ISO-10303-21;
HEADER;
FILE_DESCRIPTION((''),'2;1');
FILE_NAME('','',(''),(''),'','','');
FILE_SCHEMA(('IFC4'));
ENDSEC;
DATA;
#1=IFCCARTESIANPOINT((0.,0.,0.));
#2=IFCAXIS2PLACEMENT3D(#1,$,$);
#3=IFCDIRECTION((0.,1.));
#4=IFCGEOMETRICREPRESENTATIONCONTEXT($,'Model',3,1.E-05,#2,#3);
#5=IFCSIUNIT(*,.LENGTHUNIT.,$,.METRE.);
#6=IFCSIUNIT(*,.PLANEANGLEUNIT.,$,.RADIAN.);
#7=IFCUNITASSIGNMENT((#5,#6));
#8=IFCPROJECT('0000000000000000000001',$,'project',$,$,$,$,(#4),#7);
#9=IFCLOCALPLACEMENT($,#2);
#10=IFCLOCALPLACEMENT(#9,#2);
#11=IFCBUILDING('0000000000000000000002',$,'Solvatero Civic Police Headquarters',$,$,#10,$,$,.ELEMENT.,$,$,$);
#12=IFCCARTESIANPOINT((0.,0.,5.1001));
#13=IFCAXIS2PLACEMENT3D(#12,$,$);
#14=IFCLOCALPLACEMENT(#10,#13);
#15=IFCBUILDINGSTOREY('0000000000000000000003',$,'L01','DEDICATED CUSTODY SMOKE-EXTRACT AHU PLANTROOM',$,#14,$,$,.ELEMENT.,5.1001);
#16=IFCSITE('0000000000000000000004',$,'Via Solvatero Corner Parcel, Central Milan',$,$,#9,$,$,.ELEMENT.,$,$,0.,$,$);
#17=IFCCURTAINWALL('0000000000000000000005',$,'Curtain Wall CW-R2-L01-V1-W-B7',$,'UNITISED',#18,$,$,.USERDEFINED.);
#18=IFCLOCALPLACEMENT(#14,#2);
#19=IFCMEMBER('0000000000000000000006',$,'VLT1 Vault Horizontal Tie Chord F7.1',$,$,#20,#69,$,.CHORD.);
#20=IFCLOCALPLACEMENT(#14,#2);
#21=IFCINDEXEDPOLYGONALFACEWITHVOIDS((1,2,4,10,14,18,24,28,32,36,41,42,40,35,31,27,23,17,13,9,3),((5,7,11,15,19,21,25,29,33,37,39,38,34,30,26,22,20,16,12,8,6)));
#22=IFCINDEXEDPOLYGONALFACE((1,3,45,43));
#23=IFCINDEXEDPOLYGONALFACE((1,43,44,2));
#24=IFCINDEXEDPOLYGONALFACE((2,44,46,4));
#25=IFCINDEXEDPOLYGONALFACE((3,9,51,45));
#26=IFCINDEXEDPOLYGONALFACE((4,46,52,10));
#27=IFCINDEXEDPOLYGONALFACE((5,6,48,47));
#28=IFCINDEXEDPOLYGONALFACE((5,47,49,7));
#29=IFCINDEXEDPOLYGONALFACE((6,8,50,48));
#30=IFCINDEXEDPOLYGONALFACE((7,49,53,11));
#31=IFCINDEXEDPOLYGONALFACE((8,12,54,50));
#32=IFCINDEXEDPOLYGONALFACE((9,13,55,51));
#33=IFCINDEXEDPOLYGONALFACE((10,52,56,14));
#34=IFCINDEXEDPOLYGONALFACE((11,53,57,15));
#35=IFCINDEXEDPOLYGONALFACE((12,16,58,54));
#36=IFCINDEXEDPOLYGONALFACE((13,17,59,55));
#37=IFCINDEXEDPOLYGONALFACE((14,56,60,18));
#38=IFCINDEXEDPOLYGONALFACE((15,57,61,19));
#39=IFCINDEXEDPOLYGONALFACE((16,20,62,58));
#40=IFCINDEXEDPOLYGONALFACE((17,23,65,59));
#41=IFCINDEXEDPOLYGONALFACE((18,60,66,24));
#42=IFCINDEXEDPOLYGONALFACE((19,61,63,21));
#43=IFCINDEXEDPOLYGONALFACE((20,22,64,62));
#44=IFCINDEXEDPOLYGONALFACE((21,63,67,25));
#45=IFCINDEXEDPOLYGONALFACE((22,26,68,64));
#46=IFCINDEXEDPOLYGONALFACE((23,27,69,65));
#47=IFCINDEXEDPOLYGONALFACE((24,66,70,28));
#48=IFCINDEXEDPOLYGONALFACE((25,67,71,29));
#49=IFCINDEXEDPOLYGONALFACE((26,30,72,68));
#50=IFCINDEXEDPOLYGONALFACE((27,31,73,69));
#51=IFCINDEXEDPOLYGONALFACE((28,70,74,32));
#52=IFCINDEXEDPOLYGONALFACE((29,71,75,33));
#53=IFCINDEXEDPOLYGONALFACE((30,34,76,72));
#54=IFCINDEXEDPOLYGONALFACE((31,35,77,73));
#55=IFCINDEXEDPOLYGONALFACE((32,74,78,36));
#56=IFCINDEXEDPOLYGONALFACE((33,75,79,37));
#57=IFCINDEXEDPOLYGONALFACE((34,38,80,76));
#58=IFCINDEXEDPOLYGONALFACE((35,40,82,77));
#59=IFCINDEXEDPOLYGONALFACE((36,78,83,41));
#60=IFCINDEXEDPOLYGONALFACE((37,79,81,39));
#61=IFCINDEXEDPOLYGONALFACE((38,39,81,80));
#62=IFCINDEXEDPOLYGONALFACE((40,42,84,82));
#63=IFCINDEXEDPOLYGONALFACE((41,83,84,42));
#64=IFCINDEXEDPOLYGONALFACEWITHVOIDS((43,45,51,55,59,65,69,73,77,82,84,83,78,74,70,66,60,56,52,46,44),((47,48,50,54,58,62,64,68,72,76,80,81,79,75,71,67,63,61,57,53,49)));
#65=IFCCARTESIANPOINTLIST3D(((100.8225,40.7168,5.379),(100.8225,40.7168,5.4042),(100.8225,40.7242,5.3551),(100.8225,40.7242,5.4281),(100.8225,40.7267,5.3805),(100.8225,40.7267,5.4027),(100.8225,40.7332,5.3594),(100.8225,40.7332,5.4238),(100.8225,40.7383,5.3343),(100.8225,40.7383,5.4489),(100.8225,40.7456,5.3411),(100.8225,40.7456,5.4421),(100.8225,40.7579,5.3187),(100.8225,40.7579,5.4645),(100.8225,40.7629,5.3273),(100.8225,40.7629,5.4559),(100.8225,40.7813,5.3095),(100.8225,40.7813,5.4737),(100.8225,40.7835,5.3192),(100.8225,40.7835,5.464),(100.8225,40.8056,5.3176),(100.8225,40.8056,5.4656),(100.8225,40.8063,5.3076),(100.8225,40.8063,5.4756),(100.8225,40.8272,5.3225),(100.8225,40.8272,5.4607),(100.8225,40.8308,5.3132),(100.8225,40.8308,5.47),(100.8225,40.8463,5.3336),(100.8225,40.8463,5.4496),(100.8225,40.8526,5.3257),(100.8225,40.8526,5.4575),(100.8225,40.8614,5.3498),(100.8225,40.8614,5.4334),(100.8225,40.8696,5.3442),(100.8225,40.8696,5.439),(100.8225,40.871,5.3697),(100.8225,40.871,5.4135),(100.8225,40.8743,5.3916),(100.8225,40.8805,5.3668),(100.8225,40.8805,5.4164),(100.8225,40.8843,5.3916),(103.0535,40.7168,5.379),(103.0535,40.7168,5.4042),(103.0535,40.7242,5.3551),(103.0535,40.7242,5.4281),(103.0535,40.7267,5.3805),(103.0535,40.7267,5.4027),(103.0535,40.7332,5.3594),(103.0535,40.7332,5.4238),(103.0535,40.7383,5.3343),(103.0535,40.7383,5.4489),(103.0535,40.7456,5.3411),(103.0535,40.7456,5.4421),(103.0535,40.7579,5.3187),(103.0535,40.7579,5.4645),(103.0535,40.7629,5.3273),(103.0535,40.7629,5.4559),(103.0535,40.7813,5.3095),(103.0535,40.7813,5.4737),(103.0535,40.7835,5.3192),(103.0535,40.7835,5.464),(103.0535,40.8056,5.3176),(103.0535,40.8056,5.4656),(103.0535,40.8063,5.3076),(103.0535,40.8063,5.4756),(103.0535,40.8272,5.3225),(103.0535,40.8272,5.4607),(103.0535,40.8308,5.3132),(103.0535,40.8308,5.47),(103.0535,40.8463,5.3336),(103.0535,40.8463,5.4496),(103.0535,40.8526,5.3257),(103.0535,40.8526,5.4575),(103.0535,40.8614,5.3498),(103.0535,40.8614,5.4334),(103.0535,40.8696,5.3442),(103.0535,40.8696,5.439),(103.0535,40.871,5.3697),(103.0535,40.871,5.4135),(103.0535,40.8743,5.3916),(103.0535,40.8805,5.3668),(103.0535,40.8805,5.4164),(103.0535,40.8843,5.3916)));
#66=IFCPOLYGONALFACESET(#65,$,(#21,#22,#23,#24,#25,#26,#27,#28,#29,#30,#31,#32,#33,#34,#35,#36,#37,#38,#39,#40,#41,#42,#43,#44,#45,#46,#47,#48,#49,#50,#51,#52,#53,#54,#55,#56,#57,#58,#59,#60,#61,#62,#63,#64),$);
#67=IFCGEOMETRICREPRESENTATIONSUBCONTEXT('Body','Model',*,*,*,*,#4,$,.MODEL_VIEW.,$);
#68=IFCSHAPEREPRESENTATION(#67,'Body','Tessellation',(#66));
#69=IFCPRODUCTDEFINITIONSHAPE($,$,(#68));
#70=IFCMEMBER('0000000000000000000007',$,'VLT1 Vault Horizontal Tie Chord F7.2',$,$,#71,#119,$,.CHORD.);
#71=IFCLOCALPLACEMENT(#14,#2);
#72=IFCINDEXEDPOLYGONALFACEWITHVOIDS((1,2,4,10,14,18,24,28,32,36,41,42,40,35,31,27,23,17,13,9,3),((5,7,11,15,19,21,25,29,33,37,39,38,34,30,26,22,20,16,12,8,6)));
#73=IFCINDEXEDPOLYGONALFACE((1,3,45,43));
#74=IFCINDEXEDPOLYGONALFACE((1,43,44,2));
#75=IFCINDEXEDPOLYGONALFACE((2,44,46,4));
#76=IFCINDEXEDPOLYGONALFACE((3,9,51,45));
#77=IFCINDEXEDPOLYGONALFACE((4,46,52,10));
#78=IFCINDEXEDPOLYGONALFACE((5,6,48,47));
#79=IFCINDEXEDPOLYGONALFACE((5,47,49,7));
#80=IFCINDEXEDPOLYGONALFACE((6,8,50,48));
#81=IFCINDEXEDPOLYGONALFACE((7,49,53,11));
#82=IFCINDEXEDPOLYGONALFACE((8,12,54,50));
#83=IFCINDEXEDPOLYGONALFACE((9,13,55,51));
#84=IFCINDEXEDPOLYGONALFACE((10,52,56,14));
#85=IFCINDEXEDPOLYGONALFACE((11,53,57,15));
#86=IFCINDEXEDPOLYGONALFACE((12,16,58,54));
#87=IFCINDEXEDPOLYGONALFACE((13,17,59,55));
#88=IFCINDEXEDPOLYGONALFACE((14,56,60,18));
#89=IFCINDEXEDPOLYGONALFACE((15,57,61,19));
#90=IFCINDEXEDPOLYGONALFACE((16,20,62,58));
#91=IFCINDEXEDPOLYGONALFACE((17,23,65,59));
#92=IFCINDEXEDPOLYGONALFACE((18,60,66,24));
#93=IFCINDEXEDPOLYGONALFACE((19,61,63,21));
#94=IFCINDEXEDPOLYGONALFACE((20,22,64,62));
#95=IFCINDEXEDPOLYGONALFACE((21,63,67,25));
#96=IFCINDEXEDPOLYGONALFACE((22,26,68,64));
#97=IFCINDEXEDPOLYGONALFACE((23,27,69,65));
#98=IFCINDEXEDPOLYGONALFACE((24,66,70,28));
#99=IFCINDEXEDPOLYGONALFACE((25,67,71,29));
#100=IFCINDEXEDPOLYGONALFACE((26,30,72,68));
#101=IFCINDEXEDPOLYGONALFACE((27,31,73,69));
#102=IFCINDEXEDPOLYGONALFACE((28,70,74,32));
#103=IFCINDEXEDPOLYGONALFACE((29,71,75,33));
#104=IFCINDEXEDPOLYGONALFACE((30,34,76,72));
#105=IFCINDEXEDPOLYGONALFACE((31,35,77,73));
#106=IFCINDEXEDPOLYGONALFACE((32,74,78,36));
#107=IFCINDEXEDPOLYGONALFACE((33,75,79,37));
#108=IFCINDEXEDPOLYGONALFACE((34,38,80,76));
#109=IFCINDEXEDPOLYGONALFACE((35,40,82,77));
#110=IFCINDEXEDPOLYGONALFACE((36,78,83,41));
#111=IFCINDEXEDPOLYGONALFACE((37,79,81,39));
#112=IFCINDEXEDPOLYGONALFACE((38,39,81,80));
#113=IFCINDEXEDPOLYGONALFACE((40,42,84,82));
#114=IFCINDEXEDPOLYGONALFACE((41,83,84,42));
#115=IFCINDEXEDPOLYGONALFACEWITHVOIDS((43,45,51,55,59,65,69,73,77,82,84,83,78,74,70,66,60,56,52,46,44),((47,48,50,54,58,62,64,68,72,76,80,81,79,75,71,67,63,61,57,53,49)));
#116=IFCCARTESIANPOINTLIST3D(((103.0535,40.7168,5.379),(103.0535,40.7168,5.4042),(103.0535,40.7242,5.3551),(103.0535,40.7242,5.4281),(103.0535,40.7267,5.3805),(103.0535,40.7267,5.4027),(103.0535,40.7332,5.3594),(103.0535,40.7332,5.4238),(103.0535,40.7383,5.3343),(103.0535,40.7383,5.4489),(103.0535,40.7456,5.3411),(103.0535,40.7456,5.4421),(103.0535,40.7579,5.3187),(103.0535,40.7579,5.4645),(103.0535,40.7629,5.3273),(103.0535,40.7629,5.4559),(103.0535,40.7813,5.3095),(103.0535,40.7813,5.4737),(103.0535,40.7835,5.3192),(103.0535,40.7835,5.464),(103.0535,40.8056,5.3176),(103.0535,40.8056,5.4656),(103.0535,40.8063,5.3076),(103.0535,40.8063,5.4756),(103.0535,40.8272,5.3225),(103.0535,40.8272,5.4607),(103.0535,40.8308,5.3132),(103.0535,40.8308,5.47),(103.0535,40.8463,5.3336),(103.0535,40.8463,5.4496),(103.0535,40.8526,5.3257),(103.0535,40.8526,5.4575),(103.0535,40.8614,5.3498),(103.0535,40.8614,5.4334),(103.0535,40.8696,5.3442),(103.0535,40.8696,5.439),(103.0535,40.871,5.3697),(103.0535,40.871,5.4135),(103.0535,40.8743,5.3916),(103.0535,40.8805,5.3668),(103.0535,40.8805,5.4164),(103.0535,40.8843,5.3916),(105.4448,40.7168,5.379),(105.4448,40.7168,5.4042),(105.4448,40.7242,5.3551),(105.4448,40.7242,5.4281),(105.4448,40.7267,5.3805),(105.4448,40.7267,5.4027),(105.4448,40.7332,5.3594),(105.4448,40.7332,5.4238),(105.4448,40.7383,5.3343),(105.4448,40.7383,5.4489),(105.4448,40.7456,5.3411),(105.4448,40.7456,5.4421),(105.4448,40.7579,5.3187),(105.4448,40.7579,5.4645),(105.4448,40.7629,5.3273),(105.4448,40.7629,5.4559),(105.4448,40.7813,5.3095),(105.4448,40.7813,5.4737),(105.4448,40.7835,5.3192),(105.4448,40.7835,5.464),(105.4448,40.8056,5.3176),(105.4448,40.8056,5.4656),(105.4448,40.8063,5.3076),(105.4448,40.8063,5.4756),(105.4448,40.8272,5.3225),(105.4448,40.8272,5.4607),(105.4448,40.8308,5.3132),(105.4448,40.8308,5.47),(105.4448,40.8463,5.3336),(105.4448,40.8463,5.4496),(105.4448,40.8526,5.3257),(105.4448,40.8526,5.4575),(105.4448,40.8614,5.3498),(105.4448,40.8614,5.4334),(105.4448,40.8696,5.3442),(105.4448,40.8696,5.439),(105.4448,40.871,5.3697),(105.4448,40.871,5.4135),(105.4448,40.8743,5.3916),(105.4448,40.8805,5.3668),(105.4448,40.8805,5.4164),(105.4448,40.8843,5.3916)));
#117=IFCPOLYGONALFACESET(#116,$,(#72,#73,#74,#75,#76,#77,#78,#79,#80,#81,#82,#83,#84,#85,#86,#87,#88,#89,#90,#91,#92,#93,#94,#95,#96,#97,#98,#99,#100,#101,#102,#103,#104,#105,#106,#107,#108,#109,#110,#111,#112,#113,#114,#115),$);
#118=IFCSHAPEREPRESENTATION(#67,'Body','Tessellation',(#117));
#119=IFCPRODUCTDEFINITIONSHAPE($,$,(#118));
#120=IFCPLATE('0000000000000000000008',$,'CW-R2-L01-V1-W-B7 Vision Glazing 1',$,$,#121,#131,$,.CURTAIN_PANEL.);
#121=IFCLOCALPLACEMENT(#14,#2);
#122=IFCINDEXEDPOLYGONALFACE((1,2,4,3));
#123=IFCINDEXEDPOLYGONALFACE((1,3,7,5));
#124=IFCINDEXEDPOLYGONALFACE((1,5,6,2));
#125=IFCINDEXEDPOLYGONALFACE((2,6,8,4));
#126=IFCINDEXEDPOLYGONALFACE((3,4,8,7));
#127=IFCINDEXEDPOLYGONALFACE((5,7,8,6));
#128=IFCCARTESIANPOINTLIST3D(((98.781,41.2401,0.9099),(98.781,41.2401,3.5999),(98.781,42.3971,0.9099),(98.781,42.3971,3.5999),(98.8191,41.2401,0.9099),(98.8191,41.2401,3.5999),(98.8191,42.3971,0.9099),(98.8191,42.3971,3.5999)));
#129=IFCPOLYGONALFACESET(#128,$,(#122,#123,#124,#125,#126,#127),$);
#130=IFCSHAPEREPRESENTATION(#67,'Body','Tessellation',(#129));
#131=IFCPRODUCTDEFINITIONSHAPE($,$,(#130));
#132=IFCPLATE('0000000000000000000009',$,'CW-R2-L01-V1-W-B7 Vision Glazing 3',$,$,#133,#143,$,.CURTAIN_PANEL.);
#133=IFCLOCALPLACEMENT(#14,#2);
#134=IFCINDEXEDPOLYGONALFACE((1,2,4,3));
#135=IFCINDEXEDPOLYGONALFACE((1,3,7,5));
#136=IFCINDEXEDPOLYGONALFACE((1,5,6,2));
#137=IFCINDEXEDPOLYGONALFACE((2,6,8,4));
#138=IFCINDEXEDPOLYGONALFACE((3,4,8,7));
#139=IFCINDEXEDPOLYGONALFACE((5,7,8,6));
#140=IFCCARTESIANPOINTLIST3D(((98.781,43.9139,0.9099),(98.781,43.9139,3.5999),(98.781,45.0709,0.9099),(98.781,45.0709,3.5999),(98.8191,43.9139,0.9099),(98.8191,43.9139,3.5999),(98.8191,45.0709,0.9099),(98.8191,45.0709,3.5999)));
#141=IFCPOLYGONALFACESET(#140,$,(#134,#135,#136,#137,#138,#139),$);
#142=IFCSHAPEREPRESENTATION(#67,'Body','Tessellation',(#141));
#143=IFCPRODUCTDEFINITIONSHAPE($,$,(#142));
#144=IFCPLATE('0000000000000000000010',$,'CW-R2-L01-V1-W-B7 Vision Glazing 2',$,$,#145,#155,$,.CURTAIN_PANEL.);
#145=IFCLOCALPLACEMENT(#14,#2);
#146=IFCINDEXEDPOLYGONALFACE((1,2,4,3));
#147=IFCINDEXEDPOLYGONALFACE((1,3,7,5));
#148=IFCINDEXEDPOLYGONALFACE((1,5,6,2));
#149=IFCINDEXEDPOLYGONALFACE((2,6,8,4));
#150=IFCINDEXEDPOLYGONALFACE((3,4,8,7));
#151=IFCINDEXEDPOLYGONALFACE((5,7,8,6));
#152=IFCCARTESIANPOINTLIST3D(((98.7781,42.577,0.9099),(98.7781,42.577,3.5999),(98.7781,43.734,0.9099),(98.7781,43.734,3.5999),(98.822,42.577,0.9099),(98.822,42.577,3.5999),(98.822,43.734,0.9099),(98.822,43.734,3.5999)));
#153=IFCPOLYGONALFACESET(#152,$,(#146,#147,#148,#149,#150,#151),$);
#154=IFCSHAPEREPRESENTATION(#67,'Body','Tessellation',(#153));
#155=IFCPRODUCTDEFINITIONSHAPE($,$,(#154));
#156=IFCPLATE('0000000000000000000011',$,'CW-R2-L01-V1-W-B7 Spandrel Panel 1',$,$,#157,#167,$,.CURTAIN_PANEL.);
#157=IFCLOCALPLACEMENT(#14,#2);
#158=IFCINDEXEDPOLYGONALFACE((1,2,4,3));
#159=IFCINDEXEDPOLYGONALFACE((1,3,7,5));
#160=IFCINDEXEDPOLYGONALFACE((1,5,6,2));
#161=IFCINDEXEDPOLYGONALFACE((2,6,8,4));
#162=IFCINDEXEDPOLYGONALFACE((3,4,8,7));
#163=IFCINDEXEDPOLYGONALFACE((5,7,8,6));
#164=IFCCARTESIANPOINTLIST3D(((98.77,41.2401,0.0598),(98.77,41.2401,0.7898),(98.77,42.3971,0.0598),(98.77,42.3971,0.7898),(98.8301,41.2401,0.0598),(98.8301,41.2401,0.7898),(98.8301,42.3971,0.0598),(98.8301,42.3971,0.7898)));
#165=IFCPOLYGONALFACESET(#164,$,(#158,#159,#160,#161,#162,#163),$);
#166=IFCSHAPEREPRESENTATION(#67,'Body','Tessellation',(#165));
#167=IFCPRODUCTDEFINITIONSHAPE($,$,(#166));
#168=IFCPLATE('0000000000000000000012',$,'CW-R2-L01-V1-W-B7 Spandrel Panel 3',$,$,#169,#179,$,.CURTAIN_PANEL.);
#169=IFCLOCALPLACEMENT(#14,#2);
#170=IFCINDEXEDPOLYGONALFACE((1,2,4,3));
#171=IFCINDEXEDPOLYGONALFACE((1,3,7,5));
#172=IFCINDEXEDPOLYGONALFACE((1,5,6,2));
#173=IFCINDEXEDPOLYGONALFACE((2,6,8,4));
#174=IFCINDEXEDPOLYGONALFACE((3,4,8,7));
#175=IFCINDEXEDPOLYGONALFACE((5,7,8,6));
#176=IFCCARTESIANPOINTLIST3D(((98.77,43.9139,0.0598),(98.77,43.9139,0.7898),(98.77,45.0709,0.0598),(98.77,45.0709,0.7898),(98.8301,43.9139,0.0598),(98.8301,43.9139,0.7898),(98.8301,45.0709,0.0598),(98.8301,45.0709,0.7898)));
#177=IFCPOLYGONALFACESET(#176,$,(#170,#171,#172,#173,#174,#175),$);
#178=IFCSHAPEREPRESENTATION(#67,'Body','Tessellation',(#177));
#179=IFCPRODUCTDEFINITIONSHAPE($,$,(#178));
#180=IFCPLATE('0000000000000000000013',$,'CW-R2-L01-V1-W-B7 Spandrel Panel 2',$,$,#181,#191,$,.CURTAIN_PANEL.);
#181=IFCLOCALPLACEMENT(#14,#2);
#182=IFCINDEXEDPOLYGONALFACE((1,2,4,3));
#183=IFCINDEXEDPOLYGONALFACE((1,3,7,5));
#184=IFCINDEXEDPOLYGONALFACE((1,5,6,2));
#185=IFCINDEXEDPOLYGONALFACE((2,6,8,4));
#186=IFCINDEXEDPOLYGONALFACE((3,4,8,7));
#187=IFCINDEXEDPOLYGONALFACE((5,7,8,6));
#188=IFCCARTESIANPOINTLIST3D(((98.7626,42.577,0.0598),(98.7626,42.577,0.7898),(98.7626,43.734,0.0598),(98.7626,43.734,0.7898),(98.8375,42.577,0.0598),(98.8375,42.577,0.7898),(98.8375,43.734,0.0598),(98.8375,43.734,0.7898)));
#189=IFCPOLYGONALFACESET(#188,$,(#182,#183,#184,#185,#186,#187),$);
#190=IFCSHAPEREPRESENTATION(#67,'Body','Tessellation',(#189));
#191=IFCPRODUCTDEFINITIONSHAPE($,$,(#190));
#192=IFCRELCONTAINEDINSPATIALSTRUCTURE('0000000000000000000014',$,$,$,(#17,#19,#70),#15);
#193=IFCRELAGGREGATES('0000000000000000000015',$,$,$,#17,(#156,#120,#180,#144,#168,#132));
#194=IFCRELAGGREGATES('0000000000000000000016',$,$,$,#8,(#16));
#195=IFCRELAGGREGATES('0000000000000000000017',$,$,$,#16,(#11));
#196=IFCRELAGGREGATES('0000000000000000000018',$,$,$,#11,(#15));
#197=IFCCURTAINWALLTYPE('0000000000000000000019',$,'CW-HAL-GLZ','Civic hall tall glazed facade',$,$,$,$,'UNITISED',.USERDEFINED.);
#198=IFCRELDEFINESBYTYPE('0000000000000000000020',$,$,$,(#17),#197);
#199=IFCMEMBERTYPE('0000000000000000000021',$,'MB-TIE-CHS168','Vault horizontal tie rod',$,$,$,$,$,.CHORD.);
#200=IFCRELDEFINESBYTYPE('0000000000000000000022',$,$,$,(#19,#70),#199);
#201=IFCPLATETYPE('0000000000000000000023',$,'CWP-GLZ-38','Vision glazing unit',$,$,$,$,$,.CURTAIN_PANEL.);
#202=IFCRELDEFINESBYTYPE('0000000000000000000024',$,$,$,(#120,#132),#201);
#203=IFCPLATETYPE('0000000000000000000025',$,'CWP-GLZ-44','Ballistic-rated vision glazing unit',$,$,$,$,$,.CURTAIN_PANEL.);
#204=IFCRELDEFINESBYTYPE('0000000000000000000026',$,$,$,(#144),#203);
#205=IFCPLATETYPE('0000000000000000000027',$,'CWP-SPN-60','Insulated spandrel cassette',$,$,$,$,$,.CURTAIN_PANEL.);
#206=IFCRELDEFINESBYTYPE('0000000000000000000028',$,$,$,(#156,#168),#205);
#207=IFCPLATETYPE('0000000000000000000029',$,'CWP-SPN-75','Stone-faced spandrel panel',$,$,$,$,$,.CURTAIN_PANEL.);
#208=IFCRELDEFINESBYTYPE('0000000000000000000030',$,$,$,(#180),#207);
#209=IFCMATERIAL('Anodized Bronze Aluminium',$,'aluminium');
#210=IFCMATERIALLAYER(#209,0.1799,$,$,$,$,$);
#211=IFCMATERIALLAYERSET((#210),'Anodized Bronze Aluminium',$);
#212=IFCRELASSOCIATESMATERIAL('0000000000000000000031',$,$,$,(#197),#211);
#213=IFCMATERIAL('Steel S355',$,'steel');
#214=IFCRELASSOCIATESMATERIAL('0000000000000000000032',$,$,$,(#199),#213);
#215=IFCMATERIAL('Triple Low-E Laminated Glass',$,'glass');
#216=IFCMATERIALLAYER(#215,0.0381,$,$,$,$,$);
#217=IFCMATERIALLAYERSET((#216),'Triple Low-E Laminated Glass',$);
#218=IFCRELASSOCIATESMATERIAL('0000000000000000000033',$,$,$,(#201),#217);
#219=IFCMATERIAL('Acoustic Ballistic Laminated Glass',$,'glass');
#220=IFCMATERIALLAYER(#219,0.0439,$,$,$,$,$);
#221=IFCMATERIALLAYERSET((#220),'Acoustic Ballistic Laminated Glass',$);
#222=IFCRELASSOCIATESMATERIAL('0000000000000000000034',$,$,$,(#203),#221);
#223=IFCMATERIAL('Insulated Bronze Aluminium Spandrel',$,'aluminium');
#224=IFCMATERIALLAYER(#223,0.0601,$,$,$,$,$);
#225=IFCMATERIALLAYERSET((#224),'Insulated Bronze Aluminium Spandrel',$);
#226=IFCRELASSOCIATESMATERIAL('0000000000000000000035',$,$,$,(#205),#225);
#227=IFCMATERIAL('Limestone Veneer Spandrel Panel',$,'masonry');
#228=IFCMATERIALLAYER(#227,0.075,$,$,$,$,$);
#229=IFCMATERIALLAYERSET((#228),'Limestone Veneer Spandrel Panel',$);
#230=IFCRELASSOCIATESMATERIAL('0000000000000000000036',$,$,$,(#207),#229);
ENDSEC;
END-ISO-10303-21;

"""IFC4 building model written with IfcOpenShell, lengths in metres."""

from ifc_helpers import new_model, si_unit, direction, frame, origin, origin_2d, place, context, subcontext, project, spatial, rectangle, hollow_circle, extrude, material, layer, layer_set, material_profile, profile_set, type_object, element, aggregate, save


model = new_model("IFC4")

# Units and contexts
model_context = context("Model", 3, precision=1e-05, world=origin(), true_north=direction((0.0, 1.0)))
body_context = subcontext(model_context, "Body", "Model", "MODEL_VIEW")
ifc_project = project(units=[si_unit("LENGTHUNIT", "METRE"), si_unit("PLANEANGLEUNIT", "RADIAN")], contexts=[model_context])

# Site, building, storey
site_placement = place(None, origin())
site = spatial("IfcSite", under=ifc_project, at=site_placement, Name="Via Solvatero Corner Parcel, Central Milan", CompositionType="ELEMENT", RefElevation=0.0)
building_placement = place(site_placement, origin())
building = spatial("IfcBuilding", under=site, at=building_placement, Name="Solvatero Civic Police Headquarters", CompositionType="ELEMENT")
storey_placement = place(building_placement, frame((0.0, 0.0, 5.1001)))
storey = spatial("IfcBuildingStorey", under=building, at=storey_placement, Name="L01", Description="DEDICATED CUSTODY SMOKE-EXTRACT AHU PLANTROOM", CompositionType="ELEMENT", Elevation=5.1001)

# Shared definitions
ifc_material_1 = material(Name="Steel S355", Category="steel")

# Curtain wall
ifc_material_2 = material(Name="Anodized Bronze Aluminium", Category="aluminium")
ifc_layer_1 = layer(ifc_material_2, 0.1799)
ifc_layer_set_1 = layer_set([ifc_layer_1], Name="Anodized Bronze Aluminium")
curtain_wall_type = type_object("IfcCurtainWallType", Name="CW-HAL-GLZ", Description="Civic hall tall glazed facade", ElementType="UNITISED", PredefinedType="USERDEFINED", material=ifc_layer_set_1)
curtain_wall_placement = place(storey_placement, origin())
curtain_wall = element("IfcCurtainWall", 1, at=curtain_wall_placement, inside=storey, type_object=curtain_wall_type, Name="Curtain Wall CW-R2-L01-V1-W-B7", ObjectType="UNITISED", PredefinedType="USERDEFINED")

# Members
ifc_material_profile_1 = material_profile(ifc_material_1, hollow_circle(Radius=0.0842, WallThickness=0.01, at=origin_2d()), Name="CHS 168.3x10.0")
ifc_profile_set_1 = profile_set([ifc_material_profile_1], Name="Steel S355")
member_type_1 = type_object("IfcMemberType", Name="MB-TIE-CHS168", Description="Vault horizontal tie rod", PredefinedType="CHORD", material=ifc_profile_set_1)
member_1_placement = place(storey_placement, frame((100.8225, 40.8, 5.3916), z_axis=(1.0, 0.0, 0.0), x_axis=(0.0, 1.0, 0.0)))
element("IfcMember", 2, at=member_1_placement, inside=storey, type_object=member_type_1, Name="VLT1 Vault Horizontal Tie Chord F7.1", PredefinedType="CHORD", context=body_context, shape_type="SweptSolid", body=[
    extrude(hollow_circle(Radius=0.0842, WallThickness=0.01, at=origin_2d()), origin(), (0.0, 0.0, 1.0), 2.231),
])
member_2_placement = place(storey_placement, frame((103.0535, 40.8, 5.3916), z_axis=(1.0, 0.0, 0.0), x_axis=(0.0, 1.0, 0.0)))
element("IfcMember", 3, at=member_2_placement, inside=storey, type_object=member_type_1, Name="VLT1 Vault Horizontal Tie Chord F7.2", PredefinedType="CHORD", context=body_context, shape_type="SweptSolid", body=[
    extrude(hollow_circle(Radius=0.0842, WallThickness=0.01, at=origin_2d()), origin(), (0.0, 0.0, 1.0), 2.3914),
])

# Plates
ifc_material_3 = material(Name="Triple Low-E Laminated Glass", Category="glass")
ifc_layer_2 = layer(ifc_material_3, 0.0381)
ifc_layer_set_2 = layer_set([ifc_layer_2], Name="Triple Low-E Laminated Glass")
plate_type_1 = type_object("IfcPlateType", Name="CWP-GLZ-38", Description="Vision glazing unit", PredefinedType="CURTAIN_PANEL", material=ifc_layer_set_2)
plate_1_placement = place(storey_placement, frame((98.8, 41.8186, 0.9099), z_axis=(0.0, 0.0, 1.0), x_axis=(0.0, 1.0, 0.0)))
plate_1 = element("IfcPlate", 4, at=plate_1_placement, type_object=plate_type_1, Name="CW-R2-L01-V1-W-B7 Vision Glazing 1", PredefinedType="CURTAIN_PANEL", context=body_context, shape_type="SweptSolid", body=[
    extrude(rectangle(XDim=1.157, YDim=0.0381, at=origin_2d()), origin(), (0.0, 0.0, 1.0), 2.6899),
])
plate_2_placement = place(storey_placement, frame((98.8, 44.4924, 0.9099), z_axis=(0.0, 0.0, 1.0), x_axis=(0.0, 1.0, 0.0)))
plate_2 = element("IfcPlate", 5, at=plate_2_placement, type_object=plate_type_1, Name="CW-R2-L01-V1-W-B7 Vision Glazing 3", PredefinedType="CURTAIN_PANEL", context=body_context, shape_type="SweptSolid", body=[
    extrude(rectangle(XDim=1.157, YDim=0.0381, at=origin_2d()), origin(), (0.0, 0.0, 1.0), 2.6899),
])
ifc_material_4 = material(Name="Acoustic Ballistic Laminated Glass", Category="glass")
ifc_layer_3 = layer(ifc_material_4, 0.0439)
ifc_layer_set_3 = layer_set([ifc_layer_3], Name="Acoustic Ballistic Laminated Glass")
plate_type_2 = type_object("IfcPlateType", Name="CWP-GLZ-44", Description="Ballistic-rated vision glazing unit", PredefinedType="CURTAIN_PANEL", material=ifc_layer_set_3)
plate_3_placement = place(storey_placement, frame((98.8, 43.1555, 0.9099), z_axis=(0.0, 0.0, 1.0), x_axis=(0.0, 1.0, 0.0)))
plate_3 = element("IfcPlate", 6, at=plate_3_placement, type_object=plate_type_2, Name="CW-R2-L01-V1-W-B7 Vision Glazing 2", PredefinedType="CURTAIN_PANEL", context=body_context, shape_type="SweptSolid", body=[
    extrude(rectangle(XDim=1.157, YDim=0.0439, at=origin_2d()), origin(), (0.0, 0.0, 1.0), 2.6899),
])
ifc_material_5 = material(Name="Insulated Bronze Aluminium Spandrel", Category="aluminium")
ifc_layer_4 = layer(ifc_material_5, 0.0601)
ifc_layer_set_4 = layer_set([ifc_layer_4], Name="Insulated Bronze Aluminium Spandrel")
plate_type_3 = type_object("IfcPlateType", Name="CWP-SPN-60", Description="Insulated spandrel cassette", PredefinedType="CURTAIN_PANEL", material=ifc_layer_set_4)
plate_4_placement = place(storey_placement, frame((98.8, 41.8186, 0.0598), z_axis=(0.0, 0.0, 1.0), x_axis=(0.0, 1.0, 0.0)))
plate_4 = element("IfcPlate", 7, at=plate_4_placement, type_object=plate_type_3, Name="CW-R2-L01-V1-W-B7 Spandrel Panel 1", PredefinedType="CURTAIN_PANEL", context=body_context, shape_type="SweptSolid", body=[
    extrude(rectangle(XDim=1.157, YDim=0.0601, at=origin_2d()), origin(), (0.0, 0.0, 1.0), 0.73),
])
plate_5_placement = place(storey_placement, frame((98.8, 44.4924, 0.0598), z_axis=(0.0, 0.0, 1.0), x_axis=(0.0, 1.0, 0.0)))
plate_5 = element("IfcPlate", 8, at=plate_5_placement, type_object=plate_type_3, Name="CW-R2-L01-V1-W-B7 Spandrel Panel 3", PredefinedType="CURTAIN_PANEL", context=body_context, shape_type="SweptSolid", body=[
    extrude(rectangle(XDim=1.157, YDim=0.0601, at=origin_2d()), origin(), (0.0, 0.0, 1.0), 0.73),
])
ifc_material_6 = material(Name="Limestone Veneer Spandrel Panel", Category="masonry")
ifc_layer_5 = layer(ifc_material_6, 0.075)
ifc_layer_set_5 = layer_set([ifc_layer_5], Name="Limestone Veneer Spandrel Panel")
plate_type_4 = type_object("IfcPlateType", Name="CWP-SPN-75", Description="Stone-faced spandrel panel", PredefinedType="CURTAIN_PANEL", material=ifc_layer_set_5)
plate_6_placement = place(storey_placement, frame((98.8, 43.1555, 0.0598), z_axis=(0.0, 0.0, 1.0), x_axis=(0.0, 1.0, 0.0)))
plate_6 = element("IfcPlate", 9, at=plate_6_placement, type_object=plate_type_4, Name="CW-R2-L01-V1-W-B7 Spandrel Panel 2", PredefinedType="CURTAIN_PANEL", context=body_context, shape_type="SweptSolid", body=[
    extrude(rectangle(XDim=1.157, YDim=0.075, at=origin_2d()), origin(), (0.0, 0.0, 1.0), 0.73),
])
aggregate(curtain_wall, [plate_4, plate_1, plate_6, plate_3, plate_5, plate_2])

save(model, "model.ifc")
